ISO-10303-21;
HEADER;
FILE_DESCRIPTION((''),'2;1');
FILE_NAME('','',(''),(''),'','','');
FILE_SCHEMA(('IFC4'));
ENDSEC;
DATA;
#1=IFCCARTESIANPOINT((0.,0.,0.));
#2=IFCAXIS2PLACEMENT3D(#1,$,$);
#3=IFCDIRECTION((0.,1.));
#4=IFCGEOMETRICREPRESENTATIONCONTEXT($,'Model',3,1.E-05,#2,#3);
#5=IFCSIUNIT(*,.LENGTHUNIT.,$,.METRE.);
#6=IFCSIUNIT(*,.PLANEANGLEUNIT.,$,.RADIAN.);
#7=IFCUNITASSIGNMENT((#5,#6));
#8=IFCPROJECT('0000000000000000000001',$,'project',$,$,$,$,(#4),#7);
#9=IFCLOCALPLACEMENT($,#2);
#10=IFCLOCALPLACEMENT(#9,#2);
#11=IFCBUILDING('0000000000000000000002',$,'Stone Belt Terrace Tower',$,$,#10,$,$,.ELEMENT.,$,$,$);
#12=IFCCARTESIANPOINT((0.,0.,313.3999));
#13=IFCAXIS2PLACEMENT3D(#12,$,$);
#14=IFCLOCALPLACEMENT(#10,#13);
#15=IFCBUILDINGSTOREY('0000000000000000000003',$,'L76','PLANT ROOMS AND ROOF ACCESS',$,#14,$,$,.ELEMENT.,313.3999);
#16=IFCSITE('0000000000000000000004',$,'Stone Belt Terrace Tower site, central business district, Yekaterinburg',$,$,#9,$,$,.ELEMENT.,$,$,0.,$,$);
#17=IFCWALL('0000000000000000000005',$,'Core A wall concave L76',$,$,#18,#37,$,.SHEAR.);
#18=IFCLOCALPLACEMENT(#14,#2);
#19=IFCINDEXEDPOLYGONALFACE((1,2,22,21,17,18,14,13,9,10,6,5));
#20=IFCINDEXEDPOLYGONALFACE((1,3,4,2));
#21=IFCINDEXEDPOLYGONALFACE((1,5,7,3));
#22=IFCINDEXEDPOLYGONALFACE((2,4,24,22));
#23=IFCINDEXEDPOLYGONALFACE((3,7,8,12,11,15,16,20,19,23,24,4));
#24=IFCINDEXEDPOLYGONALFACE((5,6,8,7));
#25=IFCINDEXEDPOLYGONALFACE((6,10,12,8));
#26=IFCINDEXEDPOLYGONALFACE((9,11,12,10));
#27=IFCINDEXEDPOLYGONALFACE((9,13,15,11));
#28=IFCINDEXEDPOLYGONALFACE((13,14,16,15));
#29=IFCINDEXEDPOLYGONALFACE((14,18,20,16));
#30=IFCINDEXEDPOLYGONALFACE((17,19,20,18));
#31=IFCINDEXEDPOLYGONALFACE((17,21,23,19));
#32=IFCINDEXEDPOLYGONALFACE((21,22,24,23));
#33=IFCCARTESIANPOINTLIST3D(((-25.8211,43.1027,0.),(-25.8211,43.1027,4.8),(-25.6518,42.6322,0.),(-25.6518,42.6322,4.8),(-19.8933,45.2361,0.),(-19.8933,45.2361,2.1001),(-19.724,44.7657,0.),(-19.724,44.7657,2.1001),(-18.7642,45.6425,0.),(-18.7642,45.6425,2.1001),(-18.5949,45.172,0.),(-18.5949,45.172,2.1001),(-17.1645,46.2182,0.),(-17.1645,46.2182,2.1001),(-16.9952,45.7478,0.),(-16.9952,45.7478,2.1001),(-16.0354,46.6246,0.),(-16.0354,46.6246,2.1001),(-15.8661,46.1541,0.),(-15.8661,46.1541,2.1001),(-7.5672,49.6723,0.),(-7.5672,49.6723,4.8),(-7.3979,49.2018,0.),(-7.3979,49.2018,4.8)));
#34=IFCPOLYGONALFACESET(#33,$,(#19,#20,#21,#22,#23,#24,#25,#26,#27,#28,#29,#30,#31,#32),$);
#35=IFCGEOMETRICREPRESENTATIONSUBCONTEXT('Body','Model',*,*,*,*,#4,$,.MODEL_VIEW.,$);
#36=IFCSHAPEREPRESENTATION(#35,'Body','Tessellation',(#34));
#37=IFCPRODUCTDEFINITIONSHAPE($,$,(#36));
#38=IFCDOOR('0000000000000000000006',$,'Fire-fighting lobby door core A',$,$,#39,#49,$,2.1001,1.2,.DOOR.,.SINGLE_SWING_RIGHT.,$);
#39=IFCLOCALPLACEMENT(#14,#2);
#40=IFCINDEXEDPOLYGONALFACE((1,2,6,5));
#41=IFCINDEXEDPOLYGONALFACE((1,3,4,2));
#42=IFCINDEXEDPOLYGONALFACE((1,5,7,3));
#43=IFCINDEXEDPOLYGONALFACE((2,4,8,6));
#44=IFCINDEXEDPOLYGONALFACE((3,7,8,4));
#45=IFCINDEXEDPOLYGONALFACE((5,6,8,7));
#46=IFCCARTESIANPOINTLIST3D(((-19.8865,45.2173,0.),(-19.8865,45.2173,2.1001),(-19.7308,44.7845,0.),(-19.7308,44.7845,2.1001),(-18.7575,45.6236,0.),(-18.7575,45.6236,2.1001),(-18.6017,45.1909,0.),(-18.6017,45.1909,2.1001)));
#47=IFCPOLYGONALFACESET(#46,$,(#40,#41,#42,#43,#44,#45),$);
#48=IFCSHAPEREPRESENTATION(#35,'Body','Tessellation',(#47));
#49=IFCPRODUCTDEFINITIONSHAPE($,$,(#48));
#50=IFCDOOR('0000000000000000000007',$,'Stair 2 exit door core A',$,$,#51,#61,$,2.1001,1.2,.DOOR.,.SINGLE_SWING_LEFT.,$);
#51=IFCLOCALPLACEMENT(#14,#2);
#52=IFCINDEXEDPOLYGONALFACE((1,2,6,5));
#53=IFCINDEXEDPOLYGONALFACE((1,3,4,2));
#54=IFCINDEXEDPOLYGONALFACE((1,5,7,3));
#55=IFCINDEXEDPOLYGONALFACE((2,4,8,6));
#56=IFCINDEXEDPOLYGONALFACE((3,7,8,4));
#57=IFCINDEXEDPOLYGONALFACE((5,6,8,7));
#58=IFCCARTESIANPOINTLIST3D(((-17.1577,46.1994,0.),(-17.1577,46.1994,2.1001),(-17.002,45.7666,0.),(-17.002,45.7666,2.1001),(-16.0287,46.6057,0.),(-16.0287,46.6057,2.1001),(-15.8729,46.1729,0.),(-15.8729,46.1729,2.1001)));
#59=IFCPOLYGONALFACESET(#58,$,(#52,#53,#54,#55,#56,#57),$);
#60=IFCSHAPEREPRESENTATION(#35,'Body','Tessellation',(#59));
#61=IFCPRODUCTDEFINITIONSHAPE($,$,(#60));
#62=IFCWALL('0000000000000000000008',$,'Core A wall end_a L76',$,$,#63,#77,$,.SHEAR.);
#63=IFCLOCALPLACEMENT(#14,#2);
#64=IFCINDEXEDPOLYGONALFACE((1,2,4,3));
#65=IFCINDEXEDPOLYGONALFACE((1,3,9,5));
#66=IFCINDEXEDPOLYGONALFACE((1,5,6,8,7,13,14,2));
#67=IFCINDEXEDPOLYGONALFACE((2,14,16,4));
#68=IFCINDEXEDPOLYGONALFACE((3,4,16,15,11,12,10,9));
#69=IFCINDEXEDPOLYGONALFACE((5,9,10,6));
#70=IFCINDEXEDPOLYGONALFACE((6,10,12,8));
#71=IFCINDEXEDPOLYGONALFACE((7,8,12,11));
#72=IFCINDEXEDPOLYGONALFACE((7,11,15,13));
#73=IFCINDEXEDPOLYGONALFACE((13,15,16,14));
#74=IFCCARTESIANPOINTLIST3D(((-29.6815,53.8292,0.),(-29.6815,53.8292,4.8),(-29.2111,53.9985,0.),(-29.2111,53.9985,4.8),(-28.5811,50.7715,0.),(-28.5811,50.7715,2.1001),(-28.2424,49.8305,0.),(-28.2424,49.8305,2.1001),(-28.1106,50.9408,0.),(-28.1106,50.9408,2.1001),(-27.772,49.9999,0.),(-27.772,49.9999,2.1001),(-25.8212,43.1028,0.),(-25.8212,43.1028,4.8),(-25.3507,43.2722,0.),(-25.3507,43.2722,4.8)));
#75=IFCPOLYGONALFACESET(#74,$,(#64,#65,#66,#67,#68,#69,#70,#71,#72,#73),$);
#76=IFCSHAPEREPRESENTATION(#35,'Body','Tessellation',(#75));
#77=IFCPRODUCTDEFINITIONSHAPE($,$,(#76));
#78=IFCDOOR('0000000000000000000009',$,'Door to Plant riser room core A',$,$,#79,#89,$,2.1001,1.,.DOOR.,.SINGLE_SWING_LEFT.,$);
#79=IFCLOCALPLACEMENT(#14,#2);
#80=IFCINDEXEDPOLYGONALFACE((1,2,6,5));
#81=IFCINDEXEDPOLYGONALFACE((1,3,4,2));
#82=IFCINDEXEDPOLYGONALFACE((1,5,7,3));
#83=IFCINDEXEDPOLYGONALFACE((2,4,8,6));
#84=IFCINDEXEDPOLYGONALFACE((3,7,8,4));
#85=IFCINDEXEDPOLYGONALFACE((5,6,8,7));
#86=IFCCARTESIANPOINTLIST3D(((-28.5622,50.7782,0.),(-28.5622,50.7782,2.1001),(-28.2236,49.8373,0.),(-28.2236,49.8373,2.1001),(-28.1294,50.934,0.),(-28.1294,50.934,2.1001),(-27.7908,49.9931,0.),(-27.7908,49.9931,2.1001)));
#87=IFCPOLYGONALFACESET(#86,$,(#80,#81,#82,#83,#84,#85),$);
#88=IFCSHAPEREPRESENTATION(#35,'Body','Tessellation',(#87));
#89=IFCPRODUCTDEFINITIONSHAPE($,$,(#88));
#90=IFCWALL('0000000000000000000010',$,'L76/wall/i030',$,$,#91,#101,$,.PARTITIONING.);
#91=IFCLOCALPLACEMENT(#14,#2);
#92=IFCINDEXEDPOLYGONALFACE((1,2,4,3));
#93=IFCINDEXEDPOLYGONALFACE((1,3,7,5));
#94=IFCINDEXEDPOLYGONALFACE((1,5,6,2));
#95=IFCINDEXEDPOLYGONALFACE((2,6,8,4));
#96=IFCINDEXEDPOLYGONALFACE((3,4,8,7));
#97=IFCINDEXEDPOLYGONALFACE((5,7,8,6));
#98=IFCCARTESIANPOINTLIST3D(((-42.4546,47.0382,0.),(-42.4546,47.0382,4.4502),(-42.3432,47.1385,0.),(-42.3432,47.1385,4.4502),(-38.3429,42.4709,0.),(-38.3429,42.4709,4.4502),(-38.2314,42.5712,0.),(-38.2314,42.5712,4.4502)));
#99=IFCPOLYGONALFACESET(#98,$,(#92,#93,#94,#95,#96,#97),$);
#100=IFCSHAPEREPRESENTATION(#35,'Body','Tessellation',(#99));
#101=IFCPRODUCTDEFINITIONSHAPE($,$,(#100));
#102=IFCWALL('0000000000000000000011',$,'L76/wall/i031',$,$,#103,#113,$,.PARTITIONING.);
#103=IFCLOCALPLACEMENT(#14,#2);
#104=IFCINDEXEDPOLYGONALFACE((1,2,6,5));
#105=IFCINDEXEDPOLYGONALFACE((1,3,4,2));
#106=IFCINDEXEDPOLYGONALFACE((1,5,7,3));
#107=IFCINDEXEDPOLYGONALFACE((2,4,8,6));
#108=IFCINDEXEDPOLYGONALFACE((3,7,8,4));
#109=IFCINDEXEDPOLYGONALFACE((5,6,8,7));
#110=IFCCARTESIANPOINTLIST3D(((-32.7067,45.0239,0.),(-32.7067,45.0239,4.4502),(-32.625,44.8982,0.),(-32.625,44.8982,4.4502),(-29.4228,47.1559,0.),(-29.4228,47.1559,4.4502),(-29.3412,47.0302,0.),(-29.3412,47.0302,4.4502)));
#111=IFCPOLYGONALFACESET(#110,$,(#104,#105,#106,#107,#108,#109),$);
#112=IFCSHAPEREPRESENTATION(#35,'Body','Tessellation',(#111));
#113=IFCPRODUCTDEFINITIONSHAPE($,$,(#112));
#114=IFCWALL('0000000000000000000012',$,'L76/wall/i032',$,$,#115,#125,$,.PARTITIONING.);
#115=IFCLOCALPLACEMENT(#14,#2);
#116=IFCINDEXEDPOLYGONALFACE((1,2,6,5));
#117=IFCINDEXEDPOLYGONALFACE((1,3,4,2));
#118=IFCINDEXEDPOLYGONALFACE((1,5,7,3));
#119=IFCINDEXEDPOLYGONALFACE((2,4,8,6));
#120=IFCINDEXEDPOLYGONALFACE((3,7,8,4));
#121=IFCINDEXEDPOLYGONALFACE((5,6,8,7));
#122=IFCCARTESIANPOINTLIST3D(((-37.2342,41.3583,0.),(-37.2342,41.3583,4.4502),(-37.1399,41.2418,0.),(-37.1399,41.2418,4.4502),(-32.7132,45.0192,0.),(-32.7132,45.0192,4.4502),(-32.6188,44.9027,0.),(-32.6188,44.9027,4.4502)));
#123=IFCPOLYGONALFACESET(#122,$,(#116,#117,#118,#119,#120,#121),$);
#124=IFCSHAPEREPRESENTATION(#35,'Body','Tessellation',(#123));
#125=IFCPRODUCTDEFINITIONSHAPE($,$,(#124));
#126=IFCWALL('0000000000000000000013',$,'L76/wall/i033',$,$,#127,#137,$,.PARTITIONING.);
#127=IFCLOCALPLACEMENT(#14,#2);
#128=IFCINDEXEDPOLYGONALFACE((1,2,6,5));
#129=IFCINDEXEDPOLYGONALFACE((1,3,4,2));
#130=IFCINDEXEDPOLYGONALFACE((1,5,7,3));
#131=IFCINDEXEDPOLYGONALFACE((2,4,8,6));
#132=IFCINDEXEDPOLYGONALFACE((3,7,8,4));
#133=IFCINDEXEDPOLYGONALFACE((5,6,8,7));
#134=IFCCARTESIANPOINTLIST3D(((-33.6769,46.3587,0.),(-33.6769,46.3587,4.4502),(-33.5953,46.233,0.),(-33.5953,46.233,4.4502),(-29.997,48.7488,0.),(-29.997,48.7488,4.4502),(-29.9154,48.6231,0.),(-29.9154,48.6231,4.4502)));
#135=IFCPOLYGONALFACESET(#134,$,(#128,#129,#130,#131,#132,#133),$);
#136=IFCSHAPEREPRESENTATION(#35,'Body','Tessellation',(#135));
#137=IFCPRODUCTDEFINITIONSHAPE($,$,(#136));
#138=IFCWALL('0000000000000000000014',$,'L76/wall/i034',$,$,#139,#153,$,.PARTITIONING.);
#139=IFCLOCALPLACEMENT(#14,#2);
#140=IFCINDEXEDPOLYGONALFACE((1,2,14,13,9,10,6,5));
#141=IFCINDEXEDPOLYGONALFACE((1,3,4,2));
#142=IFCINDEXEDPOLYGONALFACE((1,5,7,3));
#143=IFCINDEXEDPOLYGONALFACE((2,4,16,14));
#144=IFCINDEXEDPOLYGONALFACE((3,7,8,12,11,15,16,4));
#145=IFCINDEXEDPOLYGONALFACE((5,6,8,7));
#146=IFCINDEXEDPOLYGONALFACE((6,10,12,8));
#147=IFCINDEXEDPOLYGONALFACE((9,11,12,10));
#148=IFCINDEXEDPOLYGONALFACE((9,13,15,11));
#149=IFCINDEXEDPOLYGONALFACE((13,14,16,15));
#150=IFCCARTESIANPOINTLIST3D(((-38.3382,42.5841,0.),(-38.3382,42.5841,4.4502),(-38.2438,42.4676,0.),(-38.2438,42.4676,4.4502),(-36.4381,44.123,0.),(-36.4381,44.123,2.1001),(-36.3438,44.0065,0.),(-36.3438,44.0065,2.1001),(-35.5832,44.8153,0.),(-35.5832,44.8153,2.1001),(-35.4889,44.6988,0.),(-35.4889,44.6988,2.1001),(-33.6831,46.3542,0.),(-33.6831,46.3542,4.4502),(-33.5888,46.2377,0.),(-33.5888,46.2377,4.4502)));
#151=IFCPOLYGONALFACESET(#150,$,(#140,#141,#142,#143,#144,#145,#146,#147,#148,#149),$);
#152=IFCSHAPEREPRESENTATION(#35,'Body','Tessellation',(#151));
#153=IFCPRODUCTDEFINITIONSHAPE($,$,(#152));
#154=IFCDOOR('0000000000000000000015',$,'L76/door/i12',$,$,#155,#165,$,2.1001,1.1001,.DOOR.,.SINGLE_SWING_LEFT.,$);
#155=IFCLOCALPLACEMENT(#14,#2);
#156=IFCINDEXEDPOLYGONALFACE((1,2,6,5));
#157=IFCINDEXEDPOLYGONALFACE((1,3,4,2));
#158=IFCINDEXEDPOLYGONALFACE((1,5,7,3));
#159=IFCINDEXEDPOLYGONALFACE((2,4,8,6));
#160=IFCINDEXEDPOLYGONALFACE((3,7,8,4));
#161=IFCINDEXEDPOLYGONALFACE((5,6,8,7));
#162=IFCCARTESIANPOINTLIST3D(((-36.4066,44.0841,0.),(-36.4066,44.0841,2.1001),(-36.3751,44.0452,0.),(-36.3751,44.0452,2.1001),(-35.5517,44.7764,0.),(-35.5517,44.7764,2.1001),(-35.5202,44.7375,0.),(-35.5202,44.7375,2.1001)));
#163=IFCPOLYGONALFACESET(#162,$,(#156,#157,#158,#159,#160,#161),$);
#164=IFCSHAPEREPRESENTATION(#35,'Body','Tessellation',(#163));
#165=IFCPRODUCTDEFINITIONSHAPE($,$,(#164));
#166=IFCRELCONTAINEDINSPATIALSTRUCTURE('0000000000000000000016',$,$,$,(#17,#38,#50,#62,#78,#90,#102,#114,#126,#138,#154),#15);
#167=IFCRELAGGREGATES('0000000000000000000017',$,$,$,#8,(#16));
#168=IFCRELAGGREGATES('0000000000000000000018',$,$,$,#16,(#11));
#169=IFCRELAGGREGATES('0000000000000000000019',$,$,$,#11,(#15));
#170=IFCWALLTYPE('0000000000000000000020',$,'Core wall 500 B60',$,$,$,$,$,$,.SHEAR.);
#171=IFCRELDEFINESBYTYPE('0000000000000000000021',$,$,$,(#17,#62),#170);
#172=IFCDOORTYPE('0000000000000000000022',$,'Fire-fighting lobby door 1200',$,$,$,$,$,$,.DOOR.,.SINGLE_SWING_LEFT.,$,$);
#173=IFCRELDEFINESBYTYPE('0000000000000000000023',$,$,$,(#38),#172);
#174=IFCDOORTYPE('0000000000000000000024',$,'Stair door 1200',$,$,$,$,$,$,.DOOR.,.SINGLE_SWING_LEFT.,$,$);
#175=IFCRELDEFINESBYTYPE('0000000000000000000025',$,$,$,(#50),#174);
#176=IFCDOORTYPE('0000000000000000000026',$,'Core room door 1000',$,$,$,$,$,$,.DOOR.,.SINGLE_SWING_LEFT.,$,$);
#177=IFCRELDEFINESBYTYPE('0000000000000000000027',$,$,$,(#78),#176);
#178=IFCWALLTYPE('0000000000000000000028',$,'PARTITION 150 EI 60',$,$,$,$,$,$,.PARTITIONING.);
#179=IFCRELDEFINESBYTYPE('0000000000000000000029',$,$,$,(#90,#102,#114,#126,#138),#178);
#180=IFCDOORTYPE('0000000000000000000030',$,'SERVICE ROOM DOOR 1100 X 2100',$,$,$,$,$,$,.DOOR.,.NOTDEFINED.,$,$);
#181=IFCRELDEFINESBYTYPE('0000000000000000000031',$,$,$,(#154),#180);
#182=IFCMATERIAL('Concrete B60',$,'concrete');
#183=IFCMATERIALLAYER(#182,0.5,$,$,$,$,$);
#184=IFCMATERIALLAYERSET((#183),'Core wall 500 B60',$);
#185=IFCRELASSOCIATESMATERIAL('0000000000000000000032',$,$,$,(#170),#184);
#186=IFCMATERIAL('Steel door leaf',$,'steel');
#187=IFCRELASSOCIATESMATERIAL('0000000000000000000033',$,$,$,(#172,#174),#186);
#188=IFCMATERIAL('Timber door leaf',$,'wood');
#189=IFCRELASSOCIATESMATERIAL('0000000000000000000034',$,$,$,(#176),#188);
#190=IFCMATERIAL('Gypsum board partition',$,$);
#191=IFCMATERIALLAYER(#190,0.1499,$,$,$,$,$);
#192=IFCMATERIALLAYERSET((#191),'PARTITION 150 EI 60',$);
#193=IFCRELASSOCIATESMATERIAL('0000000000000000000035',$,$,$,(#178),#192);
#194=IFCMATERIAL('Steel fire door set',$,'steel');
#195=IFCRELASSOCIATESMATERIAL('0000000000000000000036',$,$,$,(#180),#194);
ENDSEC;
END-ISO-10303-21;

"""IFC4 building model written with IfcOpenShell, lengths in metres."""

from ifc_helpers import new_model, si_unit, direction, frame, frame_2d, origin, place, context, subcontext, project, spatial, rectangle, extrude, material, layer, layer_set, type_object, element, fill, save


model = new_model("IFC4")

# Units and contexts
model_context = context("Model", 3, precision=1e-05, world=origin(), true_north=direction((0.0, 1.0)))
body_context = subcontext(model_context, "Body", "Model", "MODEL_VIEW")
ifc_project = project(units=[si_unit("LENGTHUNIT", "METRE"), si_unit("PLANEANGLEUNIT", "RADIAN")], contexts=[model_context])

# Site, building, storey
site_placement = place(None, origin())
site = spatial("IfcSite", under=ifc_project, at=site_placement, Name="Stone Belt Terrace Tower site, central business district, Yekaterinburg", CompositionType="ELEMENT", RefElevation=0.0)
building_placement = place(site_placement, origin())
building = spatial("IfcBuilding", under=site, at=building_placement, Name="Stone Belt Terrace Tower", CompositionType="ELEMENT")
storey_placement = place(building_placement, frame((0.0, 0.0, 313.3999)))
storey = spatial("IfcBuildingStorey", under=building, at=storey_placement, Name="L76", Description="PLANT ROOMS AND ROOF ACCESS", CompositionType="ELEMENT", Elevation=313.3999)

# Shared definitions
ifc_material_1 = material(Name="Concrete B60", Category="concrete")

# Wall, openings, doors
ifc_layer_1 = layer(ifc_material_1, 0.5)
ifc_layer_set_1 = layer_set([ifc_layer_1], Name="Core wall 500 B60")
wall_type_1 = type_object("IfcWallType", Name="Core wall 500 B60", PredefinedType="SHEAR", material=ifc_layer_set_1)
wall_1_placement = place(storey_placement, frame((-25.7366, 42.8674, 0.0), z_axis=(0.0, 0.0, 1.0), x_axis=(0.940917, 0.338636, 0.0)))
wall_1 = element("IfcWall", 1, at=wall_1_placement, inside=storey, type_object=wall_type_1, Name="Core A wall concave L76", PredefinedType="SHEAR", context=body_context, shape_type="SweptSolid", body=[
    extrude(rectangle(XDim=19.4001, YDim=0.5, at=frame_2d((9.7002, 0.0))), origin(), (0.0, 0.0, 1.0), 4.8),
])
opening_1_placement = place(wall_1_placement, frame((6.3, 0.0, 0.0)))
opening_1 = element("IfcOpeningElement", 2, at=opening_1_placement, cuts=wall_1, PredefinedType="OPENING", context=body_context, shape_type="SweptSolid", body=[
    extrude(rectangle(XDim=1.2, YDim=2.1001, at=frame_2d((0.6001, 1.05))), frame((0.0, 0.26, 0.0), z_axis=(0.0, -1.0, 0.0), x_axis=(1.0, 0.0, 0.0)), (0.0, 0.0, 1.0), 0.52),
])
opening_2_placement = place(wall_1_placement, frame((9.2002, 0.0, 0.0)))
opening_2 = element("IfcOpeningElement", 3, at=opening_2_placement, cuts=wall_1, PredefinedType="OPENING", context=body_context, shape_type="SweptSolid", body=[
    extrude(rectangle(XDim=1.2, YDim=2.1001, at=frame_2d((0.6001, 1.05))), frame((0.0, 0.26, 0.0), z_axis=(0.0, -1.0, 0.0), x_axis=(1.0, 0.0, 0.0)), (0.0, 0.0, 1.0), 0.52),
])
ifc_material_2 = material(Name="Steel door leaf", Category="steel")
door_type_1 = type_object("IfcDoorType", Name="Fire-fighting lobby door 1200", OperationType="SINGLE_SWING_LEFT", PredefinedType="DOOR", material=ifc_material_2)
door_1_placement = place(opening_1_placement, origin())
door_1 = element("IfcDoor", 4, at=door_1_placement, inside=storey, type_object=door_type_1, Name="Fire-fighting lobby door core A", OperationType="SINGLE_SWING_RIGHT", OverallHeight=2.1001, OverallWidth=1.2, PredefinedType="DOOR", context=body_context, shape_type="SweptSolid", body=[
    extrude(rectangle(XDim=1.2, YDim=2.1001, at=frame_2d((0.6001, 1.05))), frame((0.0, 0.23, 0.0), z_axis=(0.0, -1.0, 0.0), x_axis=(1.0, 0.0, 0.0)), (0.0, 0.0, 1.0), 0.46),
])
fill(opening_1, door_1)
door_type_2 = type_object("IfcDoorType", Name="Stair door 1200", OperationType="SINGLE_SWING_LEFT", PredefinedType="DOOR", material=ifc_material_2)
door_2_placement = place(opening_2_placement, origin())
door_2 = element("IfcDoor", 5, at=door_2_placement, inside=storey, type_object=door_type_2, Name="Stair 2 exit door core A", OperationType="SINGLE_SWING_LEFT", OverallHeight=2.1001, OverallWidth=1.2, PredefinedType="DOOR", context=body_context, shape_type="SweptSolid", body=[
    extrude(rectangle(XDim=1.2, YDim=2.1001, at=frame_2d((0.6001, 1.05))), frame((0.0, 0.23, 0.0), z_axis=(0.0, -1.0, 0.0), x_axis=(1.0, 0.0, 0.0)), (0.0, 0.0, 1.0), 0.46),
])
fill(opening_2, door_2)

# Wall, opening, door
wall_2_placement = place(storey_placement, frame((-25.5859, 43.1875, 0.0), z_axis=(0.0, 0.0, 1.0), x_axis=(-0.338632, 0.940919, 0.0)))
wall_2 = element("IfcWall", 6, at=wall_2_placement, inside=storey, type_object=wall_type_1, Name="Core A wall end_a L76", PredefinedType="SHEAR", context=body_context, shape_type="SweptSolid", body=[
    extrude(rectangle(XDim=11.3999, YDim=0.5, at=frame_2d((5.7, 0.0))), origin(), (0.0, 0.0, 1.0), 4.8),
])
opening_3_placement = place(wall_2_placement, frame((7.1501, 0.0, 0.0)))
opening_3 = element("IfcOpeningElement", 7, at=opening_3_placement, cuts=wall_2, PredefinedType="OPENING", context=body_context, shape_type="SweptSolid", body=[
    extrude(rectangle(XDim=1.0, YDim=2.1001, at=frame_2d((0.5, 1.05))), frame((0.0, 0.26, 0.0), z_axis=(0.0, -1.0, 0.0), x_axis=(1.0, 0.0, 0.0)), (0.0, 0.0, 1.0), 0.52),
])
ifc_material_3 = material(Name="Timber door leaf", Category="wood")
door_type_3 = type_object("IfcDoorType", Name="Core room door 1000", OperationType="SINGLE_SWING_LEFT", PredefinedType="DOOR", material=ifc_material_3)
door_3_placement = place(opening_3_placement, origin())
door_3 = element("IfcDoor", 8, at=door_3_placement, inside=storey, type_object=door_type_3, Name="Door to Plant riser room core A", OperationType="SINGLE_SWING_LEFT", OverallHeight=2.1001, OverallWidth=1.0, PredefinedType="DOOR", context=body_context, shape_type="SweptSolid", body=[
    extrude(rectangle(XDim=1.0, YDim=2.1001, at=frame_2d((0.5, 1.05))), frame((0.0, 0.23, 0.0), z_axis=(0.0, -1.0, 0.0), x_axis=(1.0, 0.0, 0.0)), (0.0, 0.0, 1.0), 0.46),
])
fill(opening_3, door_3)

# Walls
ifc_material_4 = material(Name="Gypsum board partition")
ifc_layer_2 = layer(ifc_material_4, 0.1499)
ifc_layer_set_2 = layer_set([ifc_layer_2], Name="PARTITION 150 EI 60")
wall_type_2 = type_object("IfcWallType", Name="PARTITION 150 EI 60", PredefinedType="PARTITIONING", material=ifc_layer_set_2)
wall_3_placement = place(storey_placement, frame((-42.3989, 47.0884, 0.0), z_axis=(0.0, 0.0, 1.0), x_axis=(0.66907, -0.743199, 0.0)))
element("IfcWall", 9, at=wall_3_placement, inside=storey, type_object=wall_type_2, Name="L76/wall/i030", PredefinedType="PARTITIONING", context=body_context, shape_type="SweptSolid", body=[
    extrude(rectangle(XDim=6.1455, YDim=0.1499, at=frame_2d((3.0728, 0.0))), origin(), (0.0, 0.0, 1.0), 4.4502),
])
wall_4_placement = place(storey_placement, frame((-29.3821, 47.093, 0.0), z_axis=(0.0, 0.0, 1.0), x_axis=(-0.838733, -0.544543, 0.0)))
element("IfcWall", 10, at=wall_4_placement, inside=storey, type_object=wall_type_2, Name="L76/wall/i031", PredefinedType="PARTITIONING", context=body_context, shape_type="SweptSolid", body=[
    extrude(rectangle(XDim=3.9153, YDim=0.1499, at=frame_2d((1.9575, 0.0))), origin(), (0.0, 0.0, 1.0), 4.4502),
])
wall_5_placement = place(storey_placement, frame((-32.666, 44.9609, 0.0), z_axis=(0.0, 0.0, 1.0), x_axis=(-0.777158, -0.629306, 0.0)))
element("IfcWall", 11, at=wall_5_placement, inside=storey, type_object=wall_type_2, Name="L76/wall/i032", PredefinedType="PARTITIONING", context=body_context, shape_type="SweptSolid", body=[
    extrude(rectangle(XDim=5.8174, YDim=0.1499, at=frame_2d((2.9087, 0.0))), origin(), (0.0, 0.0, 1.0), 4.4502),
])
wall_6_placement = place(storey_placement, frame((-33.636, 46.2959, 0.0), z_axis=(0.0, 0.0, 1.0), x_axis=(0.838633, 0.544697, 0.0)))
element("IfcWall", 12, at=wall_6_placement, inside=storey, type_object=wall_type_2, Name="L76/wall/i033", PredefinedType="PARTITIONING", context=body_context, shape_type="SweptSolid", body=[
    extrude(rectangle(XDim=4.3879, YDim=0.1499, at=frame_2d((2.1938, 0.0))), origin(), (0.0, 0.0, 1.0), 4.4502),
])

# Wall, opening, door
wall_7_placement = place(storey_placement, frame((-38.291, 42.5259, 0.0), z_axis=(0.0, 0.0, 1.0), x_axis=(0.777109, 0.629366, 0.0)))
wall_7 = element("IfcWall", 13, at=wall_7_placement, inside=storey, type_object=wall_type_2, Name="L76/wall/i034", PredefinedType="PARTITIONING", context=body_context, shape_type="SweptSolid", body=[
    extrude(rectangle(XDim=5.9902, YDim=0.1499, at=frame_2d((2.9951, 0.0))), origin(), (0.0, 0.0, 1.0), 4.4502),
])
opening_4_placement = place(wall_7_placement, frame((2.4451, 0.0, 0.0)))
opening_4 = element("IfcOpeningElement", 14, at=opening_4_placement, cuts=wall_7, PredefinedType="OPENING", context=body_context, shape_type="SweptSolid", body=[
    extrude(rectangle(XDim=1.1001, YDim=2.1001, at=frame_2d((0.55, 1.05))), frame((0.0, 0.085, 0.0), z_axis=(0.0, -1.0, 0.0), x_axis=(1.0, 0.0, 0.0)), (0.0, 0.0, 1.0), 0.1699),
])
ifc_material_5 = material(Name="Steel fire door set", Category="steel")
door_type_4 = type_object("IfcDoorType", Name="SERVICE ROOM DOOR 1100 X 2100", OperationType="NOTDEFINED", PredefinedType="DOOR", material=ifc_material_5)
door_4_placement = place(opening_4_placement, origin())
door_4 = element("IfcDoor", 15, at=door_4_placement, inside=storey, type_object=door_type_4, Name="L76/door/i12", OperationType="SINGLE_SWING_LEFT", OverallHeight=2.1001, OverallWidth=1.1001, PredefinedType="DOOR", context=body_context, shape_type="SweptSolid", body=[
    extrude(rectangle(XDim=1.1001, YDim=2.1001, at=frame_2d((0.55, 1.05))), frame((0.0, 0.0249, 0.0), z_axis=(0.0, -1.0, 0.0), x_axis=(1.0, 0.0, 0.0)), (0.0, 0.0, 1.0), 0.05),
])
fill(opening_4, door_4)

save(model, "model.ifc")
